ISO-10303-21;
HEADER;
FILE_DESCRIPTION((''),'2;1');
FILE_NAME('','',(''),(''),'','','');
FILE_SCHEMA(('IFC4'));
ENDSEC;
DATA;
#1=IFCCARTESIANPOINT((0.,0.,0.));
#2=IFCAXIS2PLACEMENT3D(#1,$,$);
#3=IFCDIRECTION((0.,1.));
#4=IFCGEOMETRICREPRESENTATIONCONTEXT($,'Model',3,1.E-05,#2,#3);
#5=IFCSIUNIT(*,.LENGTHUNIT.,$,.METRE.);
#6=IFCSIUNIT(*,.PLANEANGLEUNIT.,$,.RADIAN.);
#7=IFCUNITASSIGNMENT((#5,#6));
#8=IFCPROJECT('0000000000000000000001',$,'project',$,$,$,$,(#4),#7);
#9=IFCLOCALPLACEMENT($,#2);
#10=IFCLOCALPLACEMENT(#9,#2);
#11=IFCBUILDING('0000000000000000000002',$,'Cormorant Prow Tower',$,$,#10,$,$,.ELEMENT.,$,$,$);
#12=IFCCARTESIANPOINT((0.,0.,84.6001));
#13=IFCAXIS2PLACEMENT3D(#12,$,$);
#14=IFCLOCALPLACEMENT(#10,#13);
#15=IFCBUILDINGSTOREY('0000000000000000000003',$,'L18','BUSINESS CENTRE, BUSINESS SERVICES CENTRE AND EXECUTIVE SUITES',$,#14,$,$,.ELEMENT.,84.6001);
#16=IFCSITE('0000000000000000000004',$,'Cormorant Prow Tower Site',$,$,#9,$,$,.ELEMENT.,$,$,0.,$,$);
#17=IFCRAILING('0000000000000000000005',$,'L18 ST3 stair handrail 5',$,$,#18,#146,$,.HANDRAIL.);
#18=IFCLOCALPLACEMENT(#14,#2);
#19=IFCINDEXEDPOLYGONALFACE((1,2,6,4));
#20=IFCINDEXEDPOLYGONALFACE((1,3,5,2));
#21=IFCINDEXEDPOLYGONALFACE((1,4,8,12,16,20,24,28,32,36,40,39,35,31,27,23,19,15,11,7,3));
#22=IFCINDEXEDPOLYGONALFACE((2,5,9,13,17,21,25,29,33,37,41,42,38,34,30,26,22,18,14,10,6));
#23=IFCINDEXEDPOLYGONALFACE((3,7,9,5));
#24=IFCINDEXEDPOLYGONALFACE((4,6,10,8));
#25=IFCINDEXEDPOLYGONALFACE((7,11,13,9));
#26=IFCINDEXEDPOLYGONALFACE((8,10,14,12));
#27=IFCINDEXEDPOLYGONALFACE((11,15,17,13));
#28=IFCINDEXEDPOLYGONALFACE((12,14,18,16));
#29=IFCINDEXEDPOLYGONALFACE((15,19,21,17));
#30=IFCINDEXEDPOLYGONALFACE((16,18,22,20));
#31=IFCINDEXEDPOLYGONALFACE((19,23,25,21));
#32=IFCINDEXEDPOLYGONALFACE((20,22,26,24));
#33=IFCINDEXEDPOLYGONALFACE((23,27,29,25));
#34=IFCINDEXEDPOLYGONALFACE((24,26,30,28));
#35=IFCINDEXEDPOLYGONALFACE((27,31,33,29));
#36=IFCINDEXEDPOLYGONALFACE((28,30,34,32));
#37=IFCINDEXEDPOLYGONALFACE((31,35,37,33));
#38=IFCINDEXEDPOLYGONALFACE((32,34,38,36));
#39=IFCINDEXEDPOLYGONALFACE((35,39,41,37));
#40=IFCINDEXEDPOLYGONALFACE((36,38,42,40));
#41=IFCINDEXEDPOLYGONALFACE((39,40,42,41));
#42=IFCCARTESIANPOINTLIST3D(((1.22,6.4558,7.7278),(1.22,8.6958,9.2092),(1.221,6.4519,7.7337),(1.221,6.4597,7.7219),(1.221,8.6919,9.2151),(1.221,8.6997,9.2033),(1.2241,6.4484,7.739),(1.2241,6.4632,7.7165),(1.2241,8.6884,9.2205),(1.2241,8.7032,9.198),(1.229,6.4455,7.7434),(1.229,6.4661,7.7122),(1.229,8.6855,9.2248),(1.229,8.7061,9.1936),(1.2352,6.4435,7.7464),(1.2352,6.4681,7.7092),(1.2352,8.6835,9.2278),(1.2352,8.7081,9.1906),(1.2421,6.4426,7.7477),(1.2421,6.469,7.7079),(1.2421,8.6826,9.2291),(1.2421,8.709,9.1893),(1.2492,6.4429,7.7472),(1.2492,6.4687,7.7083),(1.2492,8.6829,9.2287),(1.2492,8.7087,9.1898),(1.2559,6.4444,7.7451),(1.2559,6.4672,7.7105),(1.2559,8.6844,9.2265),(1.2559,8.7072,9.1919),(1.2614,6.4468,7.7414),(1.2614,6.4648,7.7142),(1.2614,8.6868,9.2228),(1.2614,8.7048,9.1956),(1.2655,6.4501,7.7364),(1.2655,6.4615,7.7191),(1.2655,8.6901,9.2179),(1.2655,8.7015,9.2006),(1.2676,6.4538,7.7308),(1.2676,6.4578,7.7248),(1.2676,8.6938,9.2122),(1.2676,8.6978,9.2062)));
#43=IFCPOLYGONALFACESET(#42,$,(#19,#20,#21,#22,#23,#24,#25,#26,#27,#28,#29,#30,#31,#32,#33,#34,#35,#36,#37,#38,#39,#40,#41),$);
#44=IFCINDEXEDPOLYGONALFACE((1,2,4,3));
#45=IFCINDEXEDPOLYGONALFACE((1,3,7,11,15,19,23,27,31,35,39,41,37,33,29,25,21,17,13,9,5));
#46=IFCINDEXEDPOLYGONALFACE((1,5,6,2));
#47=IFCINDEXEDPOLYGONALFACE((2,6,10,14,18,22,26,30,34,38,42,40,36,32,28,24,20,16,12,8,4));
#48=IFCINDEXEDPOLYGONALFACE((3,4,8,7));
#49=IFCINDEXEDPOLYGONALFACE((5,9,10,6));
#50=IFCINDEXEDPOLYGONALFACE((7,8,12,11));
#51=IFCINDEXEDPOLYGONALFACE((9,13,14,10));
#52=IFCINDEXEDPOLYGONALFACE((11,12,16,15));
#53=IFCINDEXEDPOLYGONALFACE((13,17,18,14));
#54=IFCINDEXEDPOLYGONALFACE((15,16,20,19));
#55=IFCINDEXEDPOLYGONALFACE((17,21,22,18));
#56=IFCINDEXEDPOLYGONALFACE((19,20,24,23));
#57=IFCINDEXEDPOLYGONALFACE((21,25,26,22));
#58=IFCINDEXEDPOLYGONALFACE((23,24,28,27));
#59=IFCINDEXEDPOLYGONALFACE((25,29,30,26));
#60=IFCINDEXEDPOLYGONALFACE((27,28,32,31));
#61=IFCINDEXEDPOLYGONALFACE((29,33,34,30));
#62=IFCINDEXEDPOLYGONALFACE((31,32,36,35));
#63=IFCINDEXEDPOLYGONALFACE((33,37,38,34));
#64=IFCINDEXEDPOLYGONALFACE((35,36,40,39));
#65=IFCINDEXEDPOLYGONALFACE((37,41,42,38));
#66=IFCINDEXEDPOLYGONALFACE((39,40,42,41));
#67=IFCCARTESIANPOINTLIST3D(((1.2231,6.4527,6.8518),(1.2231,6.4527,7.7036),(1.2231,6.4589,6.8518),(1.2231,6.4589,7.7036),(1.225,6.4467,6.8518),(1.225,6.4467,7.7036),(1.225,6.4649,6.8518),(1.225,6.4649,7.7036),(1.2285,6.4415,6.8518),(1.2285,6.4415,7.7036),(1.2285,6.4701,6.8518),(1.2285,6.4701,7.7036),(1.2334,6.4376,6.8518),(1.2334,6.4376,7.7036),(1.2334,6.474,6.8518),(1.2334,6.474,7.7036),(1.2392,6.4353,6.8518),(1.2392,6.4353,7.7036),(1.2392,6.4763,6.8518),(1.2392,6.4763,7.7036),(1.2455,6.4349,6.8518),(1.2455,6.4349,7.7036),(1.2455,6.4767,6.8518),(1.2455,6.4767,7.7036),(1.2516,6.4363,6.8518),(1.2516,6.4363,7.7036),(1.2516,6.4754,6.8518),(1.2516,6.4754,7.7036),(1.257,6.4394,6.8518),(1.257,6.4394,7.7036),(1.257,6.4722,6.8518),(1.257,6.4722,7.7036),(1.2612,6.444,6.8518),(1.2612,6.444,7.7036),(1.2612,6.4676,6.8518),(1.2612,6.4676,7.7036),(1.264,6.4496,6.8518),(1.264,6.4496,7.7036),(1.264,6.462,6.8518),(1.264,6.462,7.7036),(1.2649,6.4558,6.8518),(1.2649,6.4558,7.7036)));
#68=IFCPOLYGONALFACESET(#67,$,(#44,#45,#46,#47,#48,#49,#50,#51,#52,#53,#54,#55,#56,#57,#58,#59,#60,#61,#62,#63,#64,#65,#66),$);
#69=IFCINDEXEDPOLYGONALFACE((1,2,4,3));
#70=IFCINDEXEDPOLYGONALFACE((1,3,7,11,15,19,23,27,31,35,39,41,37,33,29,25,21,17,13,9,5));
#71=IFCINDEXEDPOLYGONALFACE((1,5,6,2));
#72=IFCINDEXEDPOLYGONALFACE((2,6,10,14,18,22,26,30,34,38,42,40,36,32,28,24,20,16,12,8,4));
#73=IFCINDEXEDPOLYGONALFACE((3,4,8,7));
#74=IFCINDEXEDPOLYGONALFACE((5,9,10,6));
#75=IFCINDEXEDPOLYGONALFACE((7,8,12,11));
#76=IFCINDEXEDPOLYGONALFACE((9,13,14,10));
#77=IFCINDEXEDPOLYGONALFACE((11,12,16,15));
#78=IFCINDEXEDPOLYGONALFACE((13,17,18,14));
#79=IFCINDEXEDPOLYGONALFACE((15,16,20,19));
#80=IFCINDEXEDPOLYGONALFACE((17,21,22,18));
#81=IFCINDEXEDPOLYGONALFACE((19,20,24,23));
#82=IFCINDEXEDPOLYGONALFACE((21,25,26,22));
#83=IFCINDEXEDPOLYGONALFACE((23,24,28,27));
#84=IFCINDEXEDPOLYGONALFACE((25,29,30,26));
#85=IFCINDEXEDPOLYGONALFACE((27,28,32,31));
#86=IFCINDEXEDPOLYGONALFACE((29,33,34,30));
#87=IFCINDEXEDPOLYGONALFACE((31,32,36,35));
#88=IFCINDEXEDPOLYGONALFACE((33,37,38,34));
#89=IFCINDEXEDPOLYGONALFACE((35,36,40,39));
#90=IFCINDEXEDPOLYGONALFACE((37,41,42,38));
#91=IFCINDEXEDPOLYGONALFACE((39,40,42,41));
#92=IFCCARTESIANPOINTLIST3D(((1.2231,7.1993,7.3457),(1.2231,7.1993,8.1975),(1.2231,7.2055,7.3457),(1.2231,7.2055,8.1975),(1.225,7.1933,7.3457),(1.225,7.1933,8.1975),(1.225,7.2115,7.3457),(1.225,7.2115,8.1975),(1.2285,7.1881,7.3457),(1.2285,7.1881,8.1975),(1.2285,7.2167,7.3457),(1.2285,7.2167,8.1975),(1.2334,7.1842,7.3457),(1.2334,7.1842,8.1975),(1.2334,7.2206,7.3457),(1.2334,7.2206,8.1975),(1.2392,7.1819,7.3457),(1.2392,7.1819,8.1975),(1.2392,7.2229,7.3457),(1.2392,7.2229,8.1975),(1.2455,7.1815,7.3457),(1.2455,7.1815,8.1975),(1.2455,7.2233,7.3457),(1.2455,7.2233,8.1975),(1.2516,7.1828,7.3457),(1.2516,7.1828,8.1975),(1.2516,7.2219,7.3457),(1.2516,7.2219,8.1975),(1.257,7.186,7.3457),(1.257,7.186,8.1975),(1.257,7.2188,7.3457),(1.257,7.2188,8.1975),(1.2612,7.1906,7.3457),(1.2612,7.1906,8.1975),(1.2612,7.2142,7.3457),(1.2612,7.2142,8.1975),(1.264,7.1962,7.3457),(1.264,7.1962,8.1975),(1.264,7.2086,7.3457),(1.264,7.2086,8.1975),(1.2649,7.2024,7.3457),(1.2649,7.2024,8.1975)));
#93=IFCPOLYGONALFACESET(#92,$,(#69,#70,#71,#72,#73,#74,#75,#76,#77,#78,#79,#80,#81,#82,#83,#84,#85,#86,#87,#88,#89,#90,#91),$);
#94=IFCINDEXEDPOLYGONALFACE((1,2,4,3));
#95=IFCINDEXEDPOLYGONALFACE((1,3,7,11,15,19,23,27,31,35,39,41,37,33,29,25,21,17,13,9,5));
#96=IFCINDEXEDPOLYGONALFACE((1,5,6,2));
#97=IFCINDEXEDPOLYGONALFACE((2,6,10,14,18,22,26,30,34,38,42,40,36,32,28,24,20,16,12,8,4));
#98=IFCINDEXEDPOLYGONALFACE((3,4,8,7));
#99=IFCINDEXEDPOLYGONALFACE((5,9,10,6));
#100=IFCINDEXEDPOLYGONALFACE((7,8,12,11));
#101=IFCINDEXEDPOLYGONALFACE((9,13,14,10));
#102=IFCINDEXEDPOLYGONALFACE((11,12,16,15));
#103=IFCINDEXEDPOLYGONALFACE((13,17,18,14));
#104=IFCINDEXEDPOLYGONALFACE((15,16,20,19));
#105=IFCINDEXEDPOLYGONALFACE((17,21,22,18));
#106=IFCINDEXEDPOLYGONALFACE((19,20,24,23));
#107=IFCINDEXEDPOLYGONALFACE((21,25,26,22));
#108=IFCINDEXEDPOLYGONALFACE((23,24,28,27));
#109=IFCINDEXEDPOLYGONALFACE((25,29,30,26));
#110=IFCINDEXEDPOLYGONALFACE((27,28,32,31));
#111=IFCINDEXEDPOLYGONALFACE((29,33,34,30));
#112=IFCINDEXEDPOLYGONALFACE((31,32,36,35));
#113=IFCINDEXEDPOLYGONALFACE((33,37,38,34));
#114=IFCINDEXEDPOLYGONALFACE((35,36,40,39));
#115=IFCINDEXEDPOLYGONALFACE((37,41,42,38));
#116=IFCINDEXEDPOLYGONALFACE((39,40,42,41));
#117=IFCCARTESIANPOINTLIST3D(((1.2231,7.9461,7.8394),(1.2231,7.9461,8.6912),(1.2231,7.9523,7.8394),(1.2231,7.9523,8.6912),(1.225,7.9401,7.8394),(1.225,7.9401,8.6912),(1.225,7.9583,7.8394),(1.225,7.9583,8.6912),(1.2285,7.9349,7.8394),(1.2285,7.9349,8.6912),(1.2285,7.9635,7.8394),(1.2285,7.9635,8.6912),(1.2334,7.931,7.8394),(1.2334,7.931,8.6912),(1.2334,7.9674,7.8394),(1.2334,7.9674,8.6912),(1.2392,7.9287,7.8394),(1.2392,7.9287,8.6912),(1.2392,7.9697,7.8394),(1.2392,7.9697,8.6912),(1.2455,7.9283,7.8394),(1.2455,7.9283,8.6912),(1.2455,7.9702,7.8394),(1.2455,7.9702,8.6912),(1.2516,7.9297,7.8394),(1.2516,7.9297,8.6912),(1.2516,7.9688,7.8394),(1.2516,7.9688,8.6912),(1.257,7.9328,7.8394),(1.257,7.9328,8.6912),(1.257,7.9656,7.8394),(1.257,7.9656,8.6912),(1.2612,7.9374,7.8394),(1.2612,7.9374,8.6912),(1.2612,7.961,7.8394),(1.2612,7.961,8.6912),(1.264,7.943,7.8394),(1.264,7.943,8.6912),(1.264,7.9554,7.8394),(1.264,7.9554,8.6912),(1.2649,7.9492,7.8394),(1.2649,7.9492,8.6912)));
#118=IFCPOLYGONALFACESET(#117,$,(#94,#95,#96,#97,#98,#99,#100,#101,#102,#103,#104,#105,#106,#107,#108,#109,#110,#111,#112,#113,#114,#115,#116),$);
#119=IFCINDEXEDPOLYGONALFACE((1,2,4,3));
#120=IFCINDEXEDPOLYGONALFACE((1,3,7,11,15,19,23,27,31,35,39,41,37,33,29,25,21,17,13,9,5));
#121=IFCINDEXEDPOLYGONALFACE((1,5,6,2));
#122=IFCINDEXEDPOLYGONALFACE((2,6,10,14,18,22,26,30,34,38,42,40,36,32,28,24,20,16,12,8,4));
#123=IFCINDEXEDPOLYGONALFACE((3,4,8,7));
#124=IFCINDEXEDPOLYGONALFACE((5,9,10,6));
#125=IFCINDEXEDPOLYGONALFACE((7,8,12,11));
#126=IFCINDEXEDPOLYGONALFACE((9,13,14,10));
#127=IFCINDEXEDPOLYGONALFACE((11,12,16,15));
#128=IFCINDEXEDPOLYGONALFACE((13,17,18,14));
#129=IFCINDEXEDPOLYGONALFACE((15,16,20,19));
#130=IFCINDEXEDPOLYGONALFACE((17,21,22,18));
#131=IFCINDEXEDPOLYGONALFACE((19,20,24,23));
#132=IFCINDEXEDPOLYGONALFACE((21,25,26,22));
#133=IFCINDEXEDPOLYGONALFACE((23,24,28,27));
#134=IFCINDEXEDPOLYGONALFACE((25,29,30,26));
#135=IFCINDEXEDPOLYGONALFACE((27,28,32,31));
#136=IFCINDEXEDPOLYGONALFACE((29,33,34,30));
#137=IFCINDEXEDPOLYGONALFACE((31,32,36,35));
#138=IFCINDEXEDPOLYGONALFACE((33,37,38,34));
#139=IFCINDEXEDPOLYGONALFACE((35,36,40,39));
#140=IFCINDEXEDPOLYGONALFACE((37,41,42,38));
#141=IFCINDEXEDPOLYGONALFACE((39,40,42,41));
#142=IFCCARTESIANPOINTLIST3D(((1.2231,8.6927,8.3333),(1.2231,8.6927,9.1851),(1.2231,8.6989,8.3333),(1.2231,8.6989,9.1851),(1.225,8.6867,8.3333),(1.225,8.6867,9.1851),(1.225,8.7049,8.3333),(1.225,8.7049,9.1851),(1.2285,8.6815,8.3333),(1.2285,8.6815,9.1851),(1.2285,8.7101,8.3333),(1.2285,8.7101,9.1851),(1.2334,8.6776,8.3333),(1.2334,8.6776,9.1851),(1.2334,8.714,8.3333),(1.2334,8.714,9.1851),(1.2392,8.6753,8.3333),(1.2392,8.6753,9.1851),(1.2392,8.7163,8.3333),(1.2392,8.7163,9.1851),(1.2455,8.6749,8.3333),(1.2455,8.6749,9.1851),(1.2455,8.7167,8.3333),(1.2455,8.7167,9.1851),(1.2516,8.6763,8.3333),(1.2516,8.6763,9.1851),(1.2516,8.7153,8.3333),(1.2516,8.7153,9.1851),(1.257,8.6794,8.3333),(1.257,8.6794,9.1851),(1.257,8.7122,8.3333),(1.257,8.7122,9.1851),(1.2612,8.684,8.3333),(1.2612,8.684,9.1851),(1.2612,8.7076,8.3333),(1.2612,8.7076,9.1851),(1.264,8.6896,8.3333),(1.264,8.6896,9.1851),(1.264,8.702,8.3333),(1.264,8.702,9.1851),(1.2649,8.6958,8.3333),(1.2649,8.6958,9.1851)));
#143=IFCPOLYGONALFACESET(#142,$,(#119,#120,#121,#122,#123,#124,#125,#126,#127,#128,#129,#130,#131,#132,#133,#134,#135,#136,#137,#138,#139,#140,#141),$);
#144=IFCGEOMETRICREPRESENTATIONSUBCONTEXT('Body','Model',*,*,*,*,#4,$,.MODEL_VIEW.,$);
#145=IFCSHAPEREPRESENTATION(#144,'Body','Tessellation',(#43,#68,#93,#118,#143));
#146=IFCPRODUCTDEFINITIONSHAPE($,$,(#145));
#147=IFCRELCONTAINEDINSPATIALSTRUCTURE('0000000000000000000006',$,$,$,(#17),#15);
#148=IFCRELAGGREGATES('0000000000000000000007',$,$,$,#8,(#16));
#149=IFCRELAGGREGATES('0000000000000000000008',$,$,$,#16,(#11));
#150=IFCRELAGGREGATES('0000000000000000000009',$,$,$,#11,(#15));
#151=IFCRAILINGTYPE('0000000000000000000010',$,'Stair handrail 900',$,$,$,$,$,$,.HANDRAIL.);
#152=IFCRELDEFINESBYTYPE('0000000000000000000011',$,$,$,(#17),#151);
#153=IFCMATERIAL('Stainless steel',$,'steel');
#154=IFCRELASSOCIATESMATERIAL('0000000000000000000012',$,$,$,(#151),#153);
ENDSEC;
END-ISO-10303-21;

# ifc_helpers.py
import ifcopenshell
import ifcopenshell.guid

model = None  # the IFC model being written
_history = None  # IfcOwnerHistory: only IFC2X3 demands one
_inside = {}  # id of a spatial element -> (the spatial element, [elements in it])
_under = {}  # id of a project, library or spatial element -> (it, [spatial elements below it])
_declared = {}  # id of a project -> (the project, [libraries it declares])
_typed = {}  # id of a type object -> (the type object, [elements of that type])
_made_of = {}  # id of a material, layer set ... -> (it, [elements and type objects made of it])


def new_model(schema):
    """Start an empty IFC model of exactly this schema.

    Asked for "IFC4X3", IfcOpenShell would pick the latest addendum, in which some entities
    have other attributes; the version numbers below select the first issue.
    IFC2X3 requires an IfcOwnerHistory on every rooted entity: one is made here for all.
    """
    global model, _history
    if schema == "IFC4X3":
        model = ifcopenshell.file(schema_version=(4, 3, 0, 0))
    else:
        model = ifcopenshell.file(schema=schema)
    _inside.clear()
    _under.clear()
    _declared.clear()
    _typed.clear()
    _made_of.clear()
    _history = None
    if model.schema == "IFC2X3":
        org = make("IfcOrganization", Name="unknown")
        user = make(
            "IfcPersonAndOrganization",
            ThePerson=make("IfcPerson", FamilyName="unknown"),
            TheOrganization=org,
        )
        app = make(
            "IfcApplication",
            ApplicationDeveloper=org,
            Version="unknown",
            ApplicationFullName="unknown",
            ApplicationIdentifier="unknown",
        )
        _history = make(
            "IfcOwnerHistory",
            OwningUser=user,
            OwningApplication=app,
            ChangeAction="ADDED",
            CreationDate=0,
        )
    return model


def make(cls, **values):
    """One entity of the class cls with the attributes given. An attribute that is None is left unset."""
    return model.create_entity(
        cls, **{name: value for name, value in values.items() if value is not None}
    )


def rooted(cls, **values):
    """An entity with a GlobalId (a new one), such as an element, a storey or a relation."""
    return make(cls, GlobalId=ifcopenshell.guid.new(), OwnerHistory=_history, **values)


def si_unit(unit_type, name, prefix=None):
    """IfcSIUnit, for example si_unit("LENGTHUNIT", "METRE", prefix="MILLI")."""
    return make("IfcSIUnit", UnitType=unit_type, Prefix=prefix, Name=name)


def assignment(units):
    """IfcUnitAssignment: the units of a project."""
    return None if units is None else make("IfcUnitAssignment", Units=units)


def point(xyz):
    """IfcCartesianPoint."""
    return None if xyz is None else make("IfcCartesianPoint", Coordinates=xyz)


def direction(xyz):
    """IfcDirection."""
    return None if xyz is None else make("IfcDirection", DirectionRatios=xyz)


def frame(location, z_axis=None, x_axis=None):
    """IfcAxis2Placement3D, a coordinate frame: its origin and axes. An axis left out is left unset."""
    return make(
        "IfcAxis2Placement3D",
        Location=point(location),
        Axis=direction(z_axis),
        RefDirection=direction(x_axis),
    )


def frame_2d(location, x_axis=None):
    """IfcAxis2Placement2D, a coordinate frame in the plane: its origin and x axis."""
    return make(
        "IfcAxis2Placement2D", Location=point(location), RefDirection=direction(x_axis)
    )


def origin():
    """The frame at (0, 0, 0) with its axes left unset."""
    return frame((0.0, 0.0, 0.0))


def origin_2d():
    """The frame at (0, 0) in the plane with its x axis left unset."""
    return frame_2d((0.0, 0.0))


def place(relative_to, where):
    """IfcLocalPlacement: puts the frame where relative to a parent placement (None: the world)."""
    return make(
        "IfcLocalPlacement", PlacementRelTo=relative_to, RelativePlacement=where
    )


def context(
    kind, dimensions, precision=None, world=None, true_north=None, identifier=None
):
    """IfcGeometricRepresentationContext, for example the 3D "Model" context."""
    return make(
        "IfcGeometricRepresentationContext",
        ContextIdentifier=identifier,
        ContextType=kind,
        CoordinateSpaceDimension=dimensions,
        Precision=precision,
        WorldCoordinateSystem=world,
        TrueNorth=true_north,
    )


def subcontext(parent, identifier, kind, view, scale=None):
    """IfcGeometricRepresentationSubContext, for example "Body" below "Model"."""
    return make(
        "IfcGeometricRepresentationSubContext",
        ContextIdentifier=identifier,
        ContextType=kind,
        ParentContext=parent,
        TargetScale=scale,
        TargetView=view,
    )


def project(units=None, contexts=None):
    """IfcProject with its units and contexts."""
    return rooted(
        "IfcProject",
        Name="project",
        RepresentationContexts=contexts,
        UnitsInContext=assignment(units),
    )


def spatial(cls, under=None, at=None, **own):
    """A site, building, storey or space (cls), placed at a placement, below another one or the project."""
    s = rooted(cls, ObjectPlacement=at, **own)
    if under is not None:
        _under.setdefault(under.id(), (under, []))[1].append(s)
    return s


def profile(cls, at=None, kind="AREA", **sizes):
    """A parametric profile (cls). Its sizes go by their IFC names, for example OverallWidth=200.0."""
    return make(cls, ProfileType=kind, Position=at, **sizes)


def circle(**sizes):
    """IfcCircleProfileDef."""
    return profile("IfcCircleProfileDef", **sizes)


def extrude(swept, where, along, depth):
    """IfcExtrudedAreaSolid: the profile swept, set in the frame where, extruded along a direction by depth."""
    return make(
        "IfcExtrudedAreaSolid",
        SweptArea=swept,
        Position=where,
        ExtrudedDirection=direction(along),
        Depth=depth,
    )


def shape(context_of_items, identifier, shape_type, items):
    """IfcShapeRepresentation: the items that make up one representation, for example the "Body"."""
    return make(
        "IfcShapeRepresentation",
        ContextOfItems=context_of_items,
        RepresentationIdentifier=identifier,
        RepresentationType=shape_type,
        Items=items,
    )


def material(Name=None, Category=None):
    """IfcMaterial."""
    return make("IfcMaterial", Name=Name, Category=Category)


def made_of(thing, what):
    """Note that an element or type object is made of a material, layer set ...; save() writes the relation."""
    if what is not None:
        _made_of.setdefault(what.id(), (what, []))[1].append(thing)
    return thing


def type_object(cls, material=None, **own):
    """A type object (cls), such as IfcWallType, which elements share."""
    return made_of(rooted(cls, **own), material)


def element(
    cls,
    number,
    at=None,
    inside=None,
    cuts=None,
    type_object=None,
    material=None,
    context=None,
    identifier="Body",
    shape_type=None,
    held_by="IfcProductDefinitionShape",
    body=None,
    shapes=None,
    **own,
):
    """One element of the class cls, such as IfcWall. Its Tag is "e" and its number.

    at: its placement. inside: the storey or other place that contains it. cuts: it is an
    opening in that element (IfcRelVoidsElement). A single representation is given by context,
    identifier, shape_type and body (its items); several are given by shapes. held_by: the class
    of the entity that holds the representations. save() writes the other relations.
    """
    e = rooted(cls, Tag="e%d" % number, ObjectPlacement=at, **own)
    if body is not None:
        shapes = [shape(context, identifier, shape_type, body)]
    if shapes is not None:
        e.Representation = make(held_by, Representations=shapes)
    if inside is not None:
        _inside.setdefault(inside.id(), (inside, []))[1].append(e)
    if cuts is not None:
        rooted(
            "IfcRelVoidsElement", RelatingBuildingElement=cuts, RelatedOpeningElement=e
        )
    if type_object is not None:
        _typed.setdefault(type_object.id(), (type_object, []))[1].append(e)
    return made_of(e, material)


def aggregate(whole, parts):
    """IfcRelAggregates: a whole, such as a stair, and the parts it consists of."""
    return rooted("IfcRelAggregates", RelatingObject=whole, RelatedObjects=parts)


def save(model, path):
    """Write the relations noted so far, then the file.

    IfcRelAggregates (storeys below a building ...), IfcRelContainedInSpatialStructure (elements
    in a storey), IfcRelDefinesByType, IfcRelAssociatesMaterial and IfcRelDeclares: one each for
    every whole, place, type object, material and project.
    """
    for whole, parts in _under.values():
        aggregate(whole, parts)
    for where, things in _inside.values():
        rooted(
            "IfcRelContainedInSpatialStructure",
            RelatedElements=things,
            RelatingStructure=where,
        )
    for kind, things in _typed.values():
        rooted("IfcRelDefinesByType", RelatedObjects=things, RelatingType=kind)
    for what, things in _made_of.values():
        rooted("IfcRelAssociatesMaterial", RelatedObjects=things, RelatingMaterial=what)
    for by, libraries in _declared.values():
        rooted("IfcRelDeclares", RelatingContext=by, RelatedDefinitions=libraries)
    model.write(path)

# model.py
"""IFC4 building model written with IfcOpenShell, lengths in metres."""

from ifc_helpers import new_model, si_unit, direction, frame, origin, origin_2d, place, context, subcontext, project, spatial, circle, extrude, material, type_object, element, save


model = new_model("IFC4")

# Units and contexts
model_context = context("Model", 3, precision=1e-05, world=origin(), true_north=direction((0.0, 1.0)))
body_context = subcontext(model_context, "Body", "Model", "MODEL_VIEW")
ifc_project = project(units=[si_unit("LENGTHUNIT", "METRE"), si_unit("PLANEANGLEUNIT", "RADIAN")], contexts=[model_context])

# Site, building, storey
site_placement = place(None, origin())
site = spatial("IfcSite", under=ifc_project, at=site_placement, Name="Cormorant Prow Tower Site", CompositionType="ELEMENT", RefElevation=0.0)
building_placement = place(site_placement, origin())
building = spatial("IfcBuilding", under=site, at=building_placement, Name="Cormorant Prow Tower", CompositionType="ELEMENT")
storey_placement = place(building_placement, frame((0.0, 0.0, 84.6001)))
storey = spatial("IfcBuildingStorey", under=building, at=storey_placement, Name="L18", Description="BUSINESS CENTRE, BUSINESS SERVICES CENTRE AND EXECUTIVE SUITES", CompositionType="ELEMENT", Elevation=84.6001)

# Railing
ifc_material_1 = material(Name="Stainless steel", Category="steel")
railing_type = type_object("IfcRailingType", Name="Stair handrail 900", PredefinedType="HANDRAIL", material=ifc_material_1)
railing_1_placement = place(storey_placement, frame((1.2439, 6.4558, 6.8518)))
element("IfcRailing", 1, at=railing_1_placement, inside=storey, type_object=railing_type, Name="L18 ST3 stair handrail 5", PredefinedType="HANDRAIL", context=body_context, shape_type="SweptSolid", body=[
    extrude(circle(Radius=0.0239, at=origin_2d()), frame((0.0, 0.0, 0.876), z_axis=(0.0, 0.834087, 0.551634), x_axis=(-1.0, 0.0, 0.0)), (0.0, 0.0, 1.0), 2.6855),
    extrude(circle(Radius=0.021, at=origin_2d()), origin(), (0.0, 0.0, 1.0), 0.8518),
    extrude(circle(Radius=0.021, at=origin_2d()), frame((0.0, 0.7466, 0.4939)), (0.0, 0.0, 1.0), 0.8518),
    extrude(circle(Radius=0.021, at=origin_2d()), frame((0.0, 1.4934, 0.9875)), (0.0, 0.0, 1.0), 0.8518),
    extrude(circle(Radius=0.021, at=origin_2d()), frame((0.0, 2.24, 1.4814)), (0.0, 0.0, 1.0), 0.8518),
])

save(model, "model.ifc")
